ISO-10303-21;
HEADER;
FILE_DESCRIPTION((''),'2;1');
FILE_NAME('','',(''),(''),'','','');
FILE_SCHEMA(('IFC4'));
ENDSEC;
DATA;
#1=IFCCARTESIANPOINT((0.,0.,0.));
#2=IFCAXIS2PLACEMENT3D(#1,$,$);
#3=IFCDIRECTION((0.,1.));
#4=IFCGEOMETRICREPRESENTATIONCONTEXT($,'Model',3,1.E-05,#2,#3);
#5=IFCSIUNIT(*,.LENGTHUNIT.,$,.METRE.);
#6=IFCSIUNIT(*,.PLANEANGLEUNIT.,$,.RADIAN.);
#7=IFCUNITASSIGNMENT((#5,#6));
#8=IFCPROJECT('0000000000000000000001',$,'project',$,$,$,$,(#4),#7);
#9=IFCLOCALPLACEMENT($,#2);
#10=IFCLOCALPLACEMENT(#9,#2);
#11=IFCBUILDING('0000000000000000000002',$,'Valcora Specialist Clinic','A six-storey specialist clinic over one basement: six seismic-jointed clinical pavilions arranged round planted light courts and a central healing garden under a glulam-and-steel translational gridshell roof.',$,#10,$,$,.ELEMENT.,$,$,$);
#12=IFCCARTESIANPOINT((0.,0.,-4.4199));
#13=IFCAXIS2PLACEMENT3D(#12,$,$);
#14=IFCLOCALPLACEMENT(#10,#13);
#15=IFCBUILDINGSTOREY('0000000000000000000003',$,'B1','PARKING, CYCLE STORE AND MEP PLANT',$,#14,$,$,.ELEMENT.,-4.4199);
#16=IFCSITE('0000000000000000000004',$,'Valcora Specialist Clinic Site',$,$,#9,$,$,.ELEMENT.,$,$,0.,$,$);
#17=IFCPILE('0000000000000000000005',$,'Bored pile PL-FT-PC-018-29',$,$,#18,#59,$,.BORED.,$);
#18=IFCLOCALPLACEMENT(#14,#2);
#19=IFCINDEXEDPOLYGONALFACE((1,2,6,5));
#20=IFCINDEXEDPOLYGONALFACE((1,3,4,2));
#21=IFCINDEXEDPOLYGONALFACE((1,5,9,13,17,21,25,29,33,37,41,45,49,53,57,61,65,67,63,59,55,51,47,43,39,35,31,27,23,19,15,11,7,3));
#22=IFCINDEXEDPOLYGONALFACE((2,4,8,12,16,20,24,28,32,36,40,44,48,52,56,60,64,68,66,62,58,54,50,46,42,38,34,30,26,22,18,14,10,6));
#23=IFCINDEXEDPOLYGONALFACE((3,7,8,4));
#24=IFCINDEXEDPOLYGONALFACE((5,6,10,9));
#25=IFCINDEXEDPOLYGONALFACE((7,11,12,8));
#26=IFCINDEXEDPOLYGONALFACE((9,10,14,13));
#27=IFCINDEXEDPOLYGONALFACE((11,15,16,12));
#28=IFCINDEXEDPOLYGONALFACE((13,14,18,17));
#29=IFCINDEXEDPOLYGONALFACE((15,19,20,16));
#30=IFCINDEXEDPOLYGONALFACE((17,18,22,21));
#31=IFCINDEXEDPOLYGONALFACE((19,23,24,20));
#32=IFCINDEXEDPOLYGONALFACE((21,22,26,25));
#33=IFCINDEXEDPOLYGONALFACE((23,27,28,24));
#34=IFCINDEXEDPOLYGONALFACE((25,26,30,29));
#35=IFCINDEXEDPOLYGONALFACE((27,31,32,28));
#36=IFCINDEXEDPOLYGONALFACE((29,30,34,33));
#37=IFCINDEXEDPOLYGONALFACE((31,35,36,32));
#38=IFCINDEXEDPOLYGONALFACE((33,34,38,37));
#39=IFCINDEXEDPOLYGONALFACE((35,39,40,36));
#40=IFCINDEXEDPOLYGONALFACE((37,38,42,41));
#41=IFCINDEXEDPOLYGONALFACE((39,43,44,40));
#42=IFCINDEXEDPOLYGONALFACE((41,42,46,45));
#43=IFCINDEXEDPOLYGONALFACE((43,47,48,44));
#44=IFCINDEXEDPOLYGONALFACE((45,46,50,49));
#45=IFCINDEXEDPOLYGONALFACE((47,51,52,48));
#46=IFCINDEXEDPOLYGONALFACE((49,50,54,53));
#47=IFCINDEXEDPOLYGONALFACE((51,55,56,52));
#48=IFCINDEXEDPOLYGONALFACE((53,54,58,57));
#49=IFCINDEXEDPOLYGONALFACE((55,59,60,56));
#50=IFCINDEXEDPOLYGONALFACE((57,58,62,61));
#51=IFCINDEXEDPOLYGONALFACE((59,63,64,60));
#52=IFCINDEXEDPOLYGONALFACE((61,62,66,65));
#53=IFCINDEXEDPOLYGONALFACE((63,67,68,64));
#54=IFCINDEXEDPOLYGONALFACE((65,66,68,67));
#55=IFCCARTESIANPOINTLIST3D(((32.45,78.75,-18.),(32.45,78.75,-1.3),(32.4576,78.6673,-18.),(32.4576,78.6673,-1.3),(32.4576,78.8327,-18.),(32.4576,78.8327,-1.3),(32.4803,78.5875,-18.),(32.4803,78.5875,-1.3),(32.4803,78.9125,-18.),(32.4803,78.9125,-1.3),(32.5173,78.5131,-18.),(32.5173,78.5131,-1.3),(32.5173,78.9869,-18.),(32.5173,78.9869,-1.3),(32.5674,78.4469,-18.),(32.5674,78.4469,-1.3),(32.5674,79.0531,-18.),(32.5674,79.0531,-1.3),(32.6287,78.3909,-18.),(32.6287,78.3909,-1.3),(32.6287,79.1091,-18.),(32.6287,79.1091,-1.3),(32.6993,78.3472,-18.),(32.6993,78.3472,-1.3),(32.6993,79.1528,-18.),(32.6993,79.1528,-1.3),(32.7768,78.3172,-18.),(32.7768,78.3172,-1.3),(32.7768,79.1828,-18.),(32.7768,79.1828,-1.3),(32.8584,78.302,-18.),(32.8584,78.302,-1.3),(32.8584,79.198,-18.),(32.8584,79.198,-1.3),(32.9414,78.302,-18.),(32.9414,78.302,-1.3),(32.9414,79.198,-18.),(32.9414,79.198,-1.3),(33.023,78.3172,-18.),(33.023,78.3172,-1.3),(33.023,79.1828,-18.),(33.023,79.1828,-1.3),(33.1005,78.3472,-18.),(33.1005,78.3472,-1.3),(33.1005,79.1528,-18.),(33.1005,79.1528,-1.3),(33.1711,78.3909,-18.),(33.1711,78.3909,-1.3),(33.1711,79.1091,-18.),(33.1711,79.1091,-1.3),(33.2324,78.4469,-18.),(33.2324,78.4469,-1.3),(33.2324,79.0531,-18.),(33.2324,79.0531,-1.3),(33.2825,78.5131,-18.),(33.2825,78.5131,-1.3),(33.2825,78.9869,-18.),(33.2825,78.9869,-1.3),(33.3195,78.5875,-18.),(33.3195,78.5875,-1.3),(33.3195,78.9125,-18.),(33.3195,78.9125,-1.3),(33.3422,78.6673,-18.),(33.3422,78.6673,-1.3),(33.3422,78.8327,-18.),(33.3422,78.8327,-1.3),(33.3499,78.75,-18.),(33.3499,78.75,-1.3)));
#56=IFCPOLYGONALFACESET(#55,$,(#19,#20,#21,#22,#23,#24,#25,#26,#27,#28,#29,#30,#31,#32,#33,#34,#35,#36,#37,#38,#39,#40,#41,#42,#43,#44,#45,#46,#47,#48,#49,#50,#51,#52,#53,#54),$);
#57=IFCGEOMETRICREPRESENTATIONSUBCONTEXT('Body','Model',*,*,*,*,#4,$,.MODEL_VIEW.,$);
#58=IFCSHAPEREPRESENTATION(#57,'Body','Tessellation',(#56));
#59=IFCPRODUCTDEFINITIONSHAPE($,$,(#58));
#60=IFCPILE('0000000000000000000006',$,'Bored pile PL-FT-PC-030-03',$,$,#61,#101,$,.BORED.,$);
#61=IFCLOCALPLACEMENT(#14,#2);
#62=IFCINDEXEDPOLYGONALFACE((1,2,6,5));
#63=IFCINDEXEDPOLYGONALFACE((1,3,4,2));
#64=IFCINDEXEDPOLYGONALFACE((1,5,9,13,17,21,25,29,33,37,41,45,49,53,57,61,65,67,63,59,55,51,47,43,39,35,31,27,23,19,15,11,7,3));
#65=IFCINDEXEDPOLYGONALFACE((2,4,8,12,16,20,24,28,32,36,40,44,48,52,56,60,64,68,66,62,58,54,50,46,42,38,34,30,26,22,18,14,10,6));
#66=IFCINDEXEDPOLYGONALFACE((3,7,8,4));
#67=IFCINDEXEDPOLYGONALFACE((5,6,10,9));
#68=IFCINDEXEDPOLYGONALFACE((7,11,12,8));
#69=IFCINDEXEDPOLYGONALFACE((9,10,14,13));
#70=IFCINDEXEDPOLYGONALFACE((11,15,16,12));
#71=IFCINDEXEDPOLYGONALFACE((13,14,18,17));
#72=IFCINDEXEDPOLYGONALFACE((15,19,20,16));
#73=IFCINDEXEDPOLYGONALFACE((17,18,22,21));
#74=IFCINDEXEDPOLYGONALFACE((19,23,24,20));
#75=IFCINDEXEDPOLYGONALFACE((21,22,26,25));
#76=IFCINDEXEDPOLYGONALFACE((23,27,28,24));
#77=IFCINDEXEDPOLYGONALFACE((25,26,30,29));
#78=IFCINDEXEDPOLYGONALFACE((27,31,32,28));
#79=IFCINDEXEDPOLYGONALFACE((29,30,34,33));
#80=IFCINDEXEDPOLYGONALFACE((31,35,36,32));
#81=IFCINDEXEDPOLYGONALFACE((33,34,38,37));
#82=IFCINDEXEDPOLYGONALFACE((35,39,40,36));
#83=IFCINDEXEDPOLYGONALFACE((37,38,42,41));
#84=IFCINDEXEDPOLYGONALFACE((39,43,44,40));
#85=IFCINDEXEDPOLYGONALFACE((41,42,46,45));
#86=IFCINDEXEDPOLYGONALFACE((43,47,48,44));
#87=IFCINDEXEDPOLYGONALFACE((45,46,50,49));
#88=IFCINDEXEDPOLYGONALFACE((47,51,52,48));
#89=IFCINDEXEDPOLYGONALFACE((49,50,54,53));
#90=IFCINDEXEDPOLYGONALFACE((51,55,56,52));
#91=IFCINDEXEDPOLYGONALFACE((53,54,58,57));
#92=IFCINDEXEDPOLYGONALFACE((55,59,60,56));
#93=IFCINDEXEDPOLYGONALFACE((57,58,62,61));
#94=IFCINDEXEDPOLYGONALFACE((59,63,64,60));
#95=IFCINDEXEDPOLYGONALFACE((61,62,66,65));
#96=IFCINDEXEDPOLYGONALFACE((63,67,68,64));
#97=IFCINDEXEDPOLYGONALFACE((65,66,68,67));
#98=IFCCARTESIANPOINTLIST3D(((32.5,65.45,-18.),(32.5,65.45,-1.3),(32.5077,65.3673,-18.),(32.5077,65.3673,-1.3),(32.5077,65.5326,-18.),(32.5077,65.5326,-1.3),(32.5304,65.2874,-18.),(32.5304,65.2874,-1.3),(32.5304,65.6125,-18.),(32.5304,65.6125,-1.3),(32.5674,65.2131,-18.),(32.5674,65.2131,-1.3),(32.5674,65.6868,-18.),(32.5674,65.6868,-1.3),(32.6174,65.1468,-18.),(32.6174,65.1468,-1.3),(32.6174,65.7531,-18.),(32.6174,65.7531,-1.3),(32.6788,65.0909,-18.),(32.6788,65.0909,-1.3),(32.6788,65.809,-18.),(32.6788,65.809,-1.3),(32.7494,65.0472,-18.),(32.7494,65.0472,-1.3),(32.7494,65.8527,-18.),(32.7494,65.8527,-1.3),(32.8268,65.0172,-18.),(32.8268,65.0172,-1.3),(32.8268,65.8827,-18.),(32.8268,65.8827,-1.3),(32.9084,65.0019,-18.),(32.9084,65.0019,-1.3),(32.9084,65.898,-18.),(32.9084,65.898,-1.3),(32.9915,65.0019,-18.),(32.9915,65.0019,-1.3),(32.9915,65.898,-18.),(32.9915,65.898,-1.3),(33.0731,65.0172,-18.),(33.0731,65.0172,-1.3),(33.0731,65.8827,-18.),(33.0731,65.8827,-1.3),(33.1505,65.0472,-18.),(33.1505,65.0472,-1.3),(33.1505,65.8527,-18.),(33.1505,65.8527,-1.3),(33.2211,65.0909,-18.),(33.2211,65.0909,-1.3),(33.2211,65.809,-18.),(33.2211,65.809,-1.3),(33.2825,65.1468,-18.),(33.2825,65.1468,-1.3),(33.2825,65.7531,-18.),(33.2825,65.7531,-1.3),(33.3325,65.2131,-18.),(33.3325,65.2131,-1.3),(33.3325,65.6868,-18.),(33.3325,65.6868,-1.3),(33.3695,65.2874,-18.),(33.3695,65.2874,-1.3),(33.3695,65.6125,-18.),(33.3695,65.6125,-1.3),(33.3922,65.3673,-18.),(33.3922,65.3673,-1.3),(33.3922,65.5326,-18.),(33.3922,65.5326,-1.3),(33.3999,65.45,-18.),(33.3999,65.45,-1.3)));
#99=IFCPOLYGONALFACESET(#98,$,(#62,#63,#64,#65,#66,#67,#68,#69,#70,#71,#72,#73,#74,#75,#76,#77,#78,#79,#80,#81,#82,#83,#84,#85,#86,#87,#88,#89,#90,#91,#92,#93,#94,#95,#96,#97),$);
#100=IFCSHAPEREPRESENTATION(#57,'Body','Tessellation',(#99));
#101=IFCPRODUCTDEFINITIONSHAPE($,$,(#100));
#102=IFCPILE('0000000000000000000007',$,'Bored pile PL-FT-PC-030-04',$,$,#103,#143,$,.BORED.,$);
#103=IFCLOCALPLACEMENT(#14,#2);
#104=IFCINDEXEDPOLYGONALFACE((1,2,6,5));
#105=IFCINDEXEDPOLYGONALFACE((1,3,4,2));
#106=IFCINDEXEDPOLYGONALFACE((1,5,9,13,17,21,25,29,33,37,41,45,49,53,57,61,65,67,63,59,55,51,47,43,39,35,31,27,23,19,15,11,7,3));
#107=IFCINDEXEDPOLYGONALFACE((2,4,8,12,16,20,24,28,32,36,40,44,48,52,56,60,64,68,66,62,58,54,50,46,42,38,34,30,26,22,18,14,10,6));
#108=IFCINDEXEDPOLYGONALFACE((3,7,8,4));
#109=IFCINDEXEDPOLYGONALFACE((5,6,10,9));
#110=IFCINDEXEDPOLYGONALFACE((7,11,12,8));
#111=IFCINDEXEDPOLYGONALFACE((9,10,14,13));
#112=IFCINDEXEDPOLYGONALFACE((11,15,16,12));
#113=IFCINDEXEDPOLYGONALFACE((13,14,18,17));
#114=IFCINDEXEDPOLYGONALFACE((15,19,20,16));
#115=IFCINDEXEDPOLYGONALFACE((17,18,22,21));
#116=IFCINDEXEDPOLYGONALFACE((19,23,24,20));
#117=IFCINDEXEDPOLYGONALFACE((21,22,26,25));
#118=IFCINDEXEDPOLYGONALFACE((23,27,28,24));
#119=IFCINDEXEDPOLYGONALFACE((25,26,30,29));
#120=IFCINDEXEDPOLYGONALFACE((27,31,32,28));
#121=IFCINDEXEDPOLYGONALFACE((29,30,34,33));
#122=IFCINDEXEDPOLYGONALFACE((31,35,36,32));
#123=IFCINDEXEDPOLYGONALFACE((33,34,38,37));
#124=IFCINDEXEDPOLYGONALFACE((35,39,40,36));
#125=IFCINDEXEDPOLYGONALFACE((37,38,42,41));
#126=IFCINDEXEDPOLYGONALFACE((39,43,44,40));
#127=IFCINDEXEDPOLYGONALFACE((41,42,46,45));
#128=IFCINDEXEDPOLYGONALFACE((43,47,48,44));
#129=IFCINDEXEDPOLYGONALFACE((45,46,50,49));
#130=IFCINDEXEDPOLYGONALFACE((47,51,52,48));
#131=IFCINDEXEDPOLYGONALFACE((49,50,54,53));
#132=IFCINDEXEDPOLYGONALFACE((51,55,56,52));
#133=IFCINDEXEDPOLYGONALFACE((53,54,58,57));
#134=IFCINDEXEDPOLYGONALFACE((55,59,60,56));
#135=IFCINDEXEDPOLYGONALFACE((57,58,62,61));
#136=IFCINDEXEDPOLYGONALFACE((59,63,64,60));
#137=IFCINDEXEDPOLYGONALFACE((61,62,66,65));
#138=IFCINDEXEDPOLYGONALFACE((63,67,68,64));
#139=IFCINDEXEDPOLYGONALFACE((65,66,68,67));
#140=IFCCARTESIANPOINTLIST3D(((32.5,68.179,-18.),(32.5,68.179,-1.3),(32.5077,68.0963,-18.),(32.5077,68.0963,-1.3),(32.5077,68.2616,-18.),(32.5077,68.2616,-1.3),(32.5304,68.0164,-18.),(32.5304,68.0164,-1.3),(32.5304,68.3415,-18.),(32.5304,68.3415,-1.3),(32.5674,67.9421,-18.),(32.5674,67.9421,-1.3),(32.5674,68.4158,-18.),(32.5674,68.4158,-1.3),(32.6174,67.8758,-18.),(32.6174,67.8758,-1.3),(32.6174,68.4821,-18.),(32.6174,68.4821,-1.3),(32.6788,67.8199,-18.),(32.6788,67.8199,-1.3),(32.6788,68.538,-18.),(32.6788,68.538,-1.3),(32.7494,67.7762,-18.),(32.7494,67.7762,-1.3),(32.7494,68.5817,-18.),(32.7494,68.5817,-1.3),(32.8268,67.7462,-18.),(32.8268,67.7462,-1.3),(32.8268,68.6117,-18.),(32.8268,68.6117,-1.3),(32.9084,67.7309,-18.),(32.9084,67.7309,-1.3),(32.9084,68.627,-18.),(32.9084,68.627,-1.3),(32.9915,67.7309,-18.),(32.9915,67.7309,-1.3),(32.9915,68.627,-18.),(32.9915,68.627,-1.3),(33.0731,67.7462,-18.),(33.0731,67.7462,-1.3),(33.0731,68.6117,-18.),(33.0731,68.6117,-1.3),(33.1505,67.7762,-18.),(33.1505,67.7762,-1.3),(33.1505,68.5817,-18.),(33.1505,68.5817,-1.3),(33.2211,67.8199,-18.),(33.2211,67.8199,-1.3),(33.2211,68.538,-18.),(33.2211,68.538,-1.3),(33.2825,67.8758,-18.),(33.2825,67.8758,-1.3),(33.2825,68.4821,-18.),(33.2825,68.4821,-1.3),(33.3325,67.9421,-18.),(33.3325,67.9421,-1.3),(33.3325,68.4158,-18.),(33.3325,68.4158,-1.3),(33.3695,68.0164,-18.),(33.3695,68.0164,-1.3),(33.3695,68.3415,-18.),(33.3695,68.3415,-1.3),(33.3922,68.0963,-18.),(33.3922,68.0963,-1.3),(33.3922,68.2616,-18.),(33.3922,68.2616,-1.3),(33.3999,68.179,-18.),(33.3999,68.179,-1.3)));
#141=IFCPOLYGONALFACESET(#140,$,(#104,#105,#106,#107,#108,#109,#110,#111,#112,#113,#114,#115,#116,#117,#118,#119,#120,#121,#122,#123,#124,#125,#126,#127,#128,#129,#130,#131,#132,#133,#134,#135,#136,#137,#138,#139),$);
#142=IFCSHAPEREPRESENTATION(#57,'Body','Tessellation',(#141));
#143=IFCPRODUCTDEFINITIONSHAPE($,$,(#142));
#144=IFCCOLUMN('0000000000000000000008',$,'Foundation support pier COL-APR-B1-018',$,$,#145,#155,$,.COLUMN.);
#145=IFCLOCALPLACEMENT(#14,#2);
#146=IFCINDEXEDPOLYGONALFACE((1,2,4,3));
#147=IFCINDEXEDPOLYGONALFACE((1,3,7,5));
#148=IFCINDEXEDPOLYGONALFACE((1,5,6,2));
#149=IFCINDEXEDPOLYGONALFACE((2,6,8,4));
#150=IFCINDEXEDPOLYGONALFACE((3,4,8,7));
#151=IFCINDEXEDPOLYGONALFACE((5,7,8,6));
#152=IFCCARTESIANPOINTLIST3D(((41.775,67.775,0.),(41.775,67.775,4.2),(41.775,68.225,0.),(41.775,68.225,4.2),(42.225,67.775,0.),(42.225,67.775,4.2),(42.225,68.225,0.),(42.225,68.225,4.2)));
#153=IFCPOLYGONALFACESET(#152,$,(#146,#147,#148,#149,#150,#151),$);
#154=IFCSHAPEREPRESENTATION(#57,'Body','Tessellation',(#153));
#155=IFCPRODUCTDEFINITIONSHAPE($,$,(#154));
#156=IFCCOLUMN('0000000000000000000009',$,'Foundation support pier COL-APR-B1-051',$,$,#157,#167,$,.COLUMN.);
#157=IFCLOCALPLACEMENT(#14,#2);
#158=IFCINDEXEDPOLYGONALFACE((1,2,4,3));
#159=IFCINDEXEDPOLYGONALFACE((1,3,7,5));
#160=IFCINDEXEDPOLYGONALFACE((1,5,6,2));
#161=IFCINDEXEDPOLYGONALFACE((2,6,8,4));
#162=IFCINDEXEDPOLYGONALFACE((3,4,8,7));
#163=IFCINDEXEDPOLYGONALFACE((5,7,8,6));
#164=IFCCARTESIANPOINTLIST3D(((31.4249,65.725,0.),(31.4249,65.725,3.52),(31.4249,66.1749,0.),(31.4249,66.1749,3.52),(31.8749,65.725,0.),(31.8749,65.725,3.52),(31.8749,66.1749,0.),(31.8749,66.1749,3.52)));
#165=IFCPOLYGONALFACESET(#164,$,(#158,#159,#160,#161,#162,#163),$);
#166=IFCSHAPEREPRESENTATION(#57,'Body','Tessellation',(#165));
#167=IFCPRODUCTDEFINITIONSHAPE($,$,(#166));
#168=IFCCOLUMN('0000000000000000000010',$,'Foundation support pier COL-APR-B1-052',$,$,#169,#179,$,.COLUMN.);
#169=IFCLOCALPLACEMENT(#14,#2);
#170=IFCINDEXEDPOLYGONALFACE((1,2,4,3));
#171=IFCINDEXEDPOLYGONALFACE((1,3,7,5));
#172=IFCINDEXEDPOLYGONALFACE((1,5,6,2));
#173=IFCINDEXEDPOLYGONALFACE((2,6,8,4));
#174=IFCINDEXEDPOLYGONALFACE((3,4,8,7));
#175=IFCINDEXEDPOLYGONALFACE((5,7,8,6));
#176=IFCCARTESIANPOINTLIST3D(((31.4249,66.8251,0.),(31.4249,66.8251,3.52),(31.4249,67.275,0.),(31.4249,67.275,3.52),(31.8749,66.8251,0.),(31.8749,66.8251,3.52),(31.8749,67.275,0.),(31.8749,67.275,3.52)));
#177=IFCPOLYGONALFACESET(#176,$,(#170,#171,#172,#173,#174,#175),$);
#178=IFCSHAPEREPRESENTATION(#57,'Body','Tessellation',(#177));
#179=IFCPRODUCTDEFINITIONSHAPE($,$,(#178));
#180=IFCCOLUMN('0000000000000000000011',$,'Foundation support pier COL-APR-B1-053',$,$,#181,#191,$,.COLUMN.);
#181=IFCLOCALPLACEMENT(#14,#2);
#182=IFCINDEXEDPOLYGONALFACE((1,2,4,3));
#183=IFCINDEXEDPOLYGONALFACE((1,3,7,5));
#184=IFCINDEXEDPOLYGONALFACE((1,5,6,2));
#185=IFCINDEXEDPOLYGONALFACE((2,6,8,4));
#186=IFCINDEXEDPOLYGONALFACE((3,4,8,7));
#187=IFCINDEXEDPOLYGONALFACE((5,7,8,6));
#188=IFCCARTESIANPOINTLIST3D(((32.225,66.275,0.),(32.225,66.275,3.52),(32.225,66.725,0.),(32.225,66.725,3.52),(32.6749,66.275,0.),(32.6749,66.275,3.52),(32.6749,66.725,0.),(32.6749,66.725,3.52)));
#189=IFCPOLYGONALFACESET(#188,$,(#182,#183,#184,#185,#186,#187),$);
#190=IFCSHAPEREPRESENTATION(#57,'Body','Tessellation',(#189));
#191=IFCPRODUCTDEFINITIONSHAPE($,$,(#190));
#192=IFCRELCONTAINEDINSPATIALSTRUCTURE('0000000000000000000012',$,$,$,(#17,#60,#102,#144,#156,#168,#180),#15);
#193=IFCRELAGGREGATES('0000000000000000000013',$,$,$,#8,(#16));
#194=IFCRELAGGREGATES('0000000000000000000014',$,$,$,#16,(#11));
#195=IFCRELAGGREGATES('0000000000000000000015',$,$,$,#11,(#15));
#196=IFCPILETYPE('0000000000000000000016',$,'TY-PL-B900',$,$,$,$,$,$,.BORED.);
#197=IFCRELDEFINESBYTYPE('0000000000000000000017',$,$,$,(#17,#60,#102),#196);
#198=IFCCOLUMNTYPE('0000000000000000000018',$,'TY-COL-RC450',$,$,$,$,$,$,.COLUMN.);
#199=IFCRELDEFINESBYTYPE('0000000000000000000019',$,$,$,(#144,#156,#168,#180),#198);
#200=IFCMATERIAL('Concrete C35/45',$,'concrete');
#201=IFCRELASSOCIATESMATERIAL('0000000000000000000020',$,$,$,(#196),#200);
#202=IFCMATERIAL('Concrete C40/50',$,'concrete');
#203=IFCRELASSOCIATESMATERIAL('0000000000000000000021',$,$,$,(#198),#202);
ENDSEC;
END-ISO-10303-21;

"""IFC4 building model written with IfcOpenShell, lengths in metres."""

from ifc_helpers import new_model, si_unit, direction, frame, origin, origin_2d, place, context, subcontext, project, spatial, rectangle, circle, extrude, material, material_profile, profile_set, type_object, element, save


model = new_model("IFC4")

# Units and contexts
model_context = context("Model", 3, precision=1e-05, world=origin(), true_north=direction((0.0, 1.0)))
body_context = subcontext(model_context, "Body", "Model", "MODEL_VIEW")
ifc_project = project(units=[si_unit("LENGTHUNIT", "METRE"), si_unit("PLANEANGLEUNIT", "RADIAN")], contexts=[model_context])

# Site, building, storey
site_placement = place(None, origin())
site = spatial("IfcSite", under=ifc_project, at=site_placement, Name="Valcora Specialist Clinic Site", CompositionType="ELEMENT", RefElevation=0.0)
building_placement = place(site_placement, origin())
building = spatial("IfcBuilding", under=site, at=building_placement, Name="Valcora Specialist Clinic", Description="A six-storey specialist clinic over one basement: six seismic-jointed clinical pavilions arranged round planted light courts and a central healing garden under a glulam-and-steel translational gridshell roof.", CompositionType="ELEMENT")
storey_placement = place(building_placement, frame((0.0, 0.0, -4.4199)))
storey = spatial("IfcBuildingStorey", under=building, at=storey_placement, Name="B1", Description="PARKING, CYCLE STORE AND MEP PLANT", CompositionType="ELEMENT", Elevation=-4.4199)

# Shared definitions
ifc_material_1 = material(Name="Concrete C35/45", Category="concrete")

# Piles
ifc_material_profile_1 = material_profile(ifc_material_1, circle(Radius=0.45, at=origin_2d()), Name="RC-PIL-D900")
ifc_profile_set_1 = profile_set([ifc_material_profile_1], Name="Concrete C35/45")
pile_type_1 = type_object("IfcPileType", Name="TY-PL-B900", PredefinedType="BORED", material=ifc_profile_set_1)
for number, where, z_axis, x_axis, name in (
    (1, (32.8999, 78.75, -1.3), (0.0, 0.0, -1.0), (1.0, 0.0, 0.0), "Bored pile PL-FT-PC-018-29"),
    (2, (32.95, 65.45, -1.3), (0.0, 0.0, -1.0), (1.0, 0.0, 0.0), "Bored pile PL-FT-PC-030-03"),
    (3, (32.95, 68.179, -1.3), (0.0, 0.0, -1.0), (1.0, 0.0, 0.0), "Bored pile PL-FT-PC-030-04"),
):
    element("IfcPile", number, at=place(storey_placement, frame(where, z_axis=z_axis, x_axis=x_axis)), inside=storey, type_object=pile_type_1, Name=name, PredefinedType="BORED", context=body_context, shape_type="SweptSolid", body=[
        extrude(circle(Radius=0.45, at=origin_2d()), origin(), (0.0, 0.0, 1.0), 16.7),
    ])

# Columns
ifc_material_2 = material(Name="Concrete C40/50", Category="concrete")
ifc_material_profile_2 = material_profile(ifc_material_2, rectangle(XDim=0.45, YDim=0.45, at=origin_2d()), Name="RC-COL-450X450")
ifc_profile_set_2 = profile_set([ifc_material_profile_2], Name="Concrete C40/50")
column_type_1 = type_object("IfcColumnType", Name="TY-COL-RC450", PredefinedType="COLUMN", material=ifc_profile_set_2)
column_placement = place(storey_placement, frame((42.0, 68.0, 0.0), z_axis=(0.0, 0.0, 1.0), x_axis=(1.0, 0.0, 0.0)))
element("IfcColumn", 4, at=column_placement, inside=storey, type_object=column_type_1, Name="Foundation support pier COL-APR-B1-018", PredefinedType="COLUMN", context=body_context, shape_type="SweptSolid", body=[
    extrude(rectangle(XDim=0.45, YDim=0.45, at=origin_2d()), origin(), (0.0, 0.0, 1.0), 4.2),
])
for number, where, z_axis, x_axis, name in (
    (5, (31.6499, 65.95, 0.0), (0.0, 0.0, 1.0), (1.0, 0.0, 0.0), "Foundation support pier COL-APR-B1-051"),
    (6, (31.6499, 67.05, 0.0), (0.0, 0.0, 1.0), (1.0, 0.0, 0.0), "Foundation support pier COL-APR-B1-052"),
    (7, (32.45, 66.5, 0.0), (0.0, 0.0, 1.0), (1.0, 0.0, 0.0), "Foundation support pier COL-APR-B1-053"),
):
    element("IfcColumn", number, at=place(storey_placement, frame(where, z_axis=z_axis, x_axis=x_axis)), inside=storey, type_object=column_type_1, Name=name, PredefinedType="COLUMN", context=body_context, shape_type="SweptSolid", body=[
        extrude(rectangle(XDim=0.45, YDim=0.45, at=origin_2d()), origin(), (0.0, 0.0, 1.0), 3.52),
    ])

save(model, "model.ifc")
